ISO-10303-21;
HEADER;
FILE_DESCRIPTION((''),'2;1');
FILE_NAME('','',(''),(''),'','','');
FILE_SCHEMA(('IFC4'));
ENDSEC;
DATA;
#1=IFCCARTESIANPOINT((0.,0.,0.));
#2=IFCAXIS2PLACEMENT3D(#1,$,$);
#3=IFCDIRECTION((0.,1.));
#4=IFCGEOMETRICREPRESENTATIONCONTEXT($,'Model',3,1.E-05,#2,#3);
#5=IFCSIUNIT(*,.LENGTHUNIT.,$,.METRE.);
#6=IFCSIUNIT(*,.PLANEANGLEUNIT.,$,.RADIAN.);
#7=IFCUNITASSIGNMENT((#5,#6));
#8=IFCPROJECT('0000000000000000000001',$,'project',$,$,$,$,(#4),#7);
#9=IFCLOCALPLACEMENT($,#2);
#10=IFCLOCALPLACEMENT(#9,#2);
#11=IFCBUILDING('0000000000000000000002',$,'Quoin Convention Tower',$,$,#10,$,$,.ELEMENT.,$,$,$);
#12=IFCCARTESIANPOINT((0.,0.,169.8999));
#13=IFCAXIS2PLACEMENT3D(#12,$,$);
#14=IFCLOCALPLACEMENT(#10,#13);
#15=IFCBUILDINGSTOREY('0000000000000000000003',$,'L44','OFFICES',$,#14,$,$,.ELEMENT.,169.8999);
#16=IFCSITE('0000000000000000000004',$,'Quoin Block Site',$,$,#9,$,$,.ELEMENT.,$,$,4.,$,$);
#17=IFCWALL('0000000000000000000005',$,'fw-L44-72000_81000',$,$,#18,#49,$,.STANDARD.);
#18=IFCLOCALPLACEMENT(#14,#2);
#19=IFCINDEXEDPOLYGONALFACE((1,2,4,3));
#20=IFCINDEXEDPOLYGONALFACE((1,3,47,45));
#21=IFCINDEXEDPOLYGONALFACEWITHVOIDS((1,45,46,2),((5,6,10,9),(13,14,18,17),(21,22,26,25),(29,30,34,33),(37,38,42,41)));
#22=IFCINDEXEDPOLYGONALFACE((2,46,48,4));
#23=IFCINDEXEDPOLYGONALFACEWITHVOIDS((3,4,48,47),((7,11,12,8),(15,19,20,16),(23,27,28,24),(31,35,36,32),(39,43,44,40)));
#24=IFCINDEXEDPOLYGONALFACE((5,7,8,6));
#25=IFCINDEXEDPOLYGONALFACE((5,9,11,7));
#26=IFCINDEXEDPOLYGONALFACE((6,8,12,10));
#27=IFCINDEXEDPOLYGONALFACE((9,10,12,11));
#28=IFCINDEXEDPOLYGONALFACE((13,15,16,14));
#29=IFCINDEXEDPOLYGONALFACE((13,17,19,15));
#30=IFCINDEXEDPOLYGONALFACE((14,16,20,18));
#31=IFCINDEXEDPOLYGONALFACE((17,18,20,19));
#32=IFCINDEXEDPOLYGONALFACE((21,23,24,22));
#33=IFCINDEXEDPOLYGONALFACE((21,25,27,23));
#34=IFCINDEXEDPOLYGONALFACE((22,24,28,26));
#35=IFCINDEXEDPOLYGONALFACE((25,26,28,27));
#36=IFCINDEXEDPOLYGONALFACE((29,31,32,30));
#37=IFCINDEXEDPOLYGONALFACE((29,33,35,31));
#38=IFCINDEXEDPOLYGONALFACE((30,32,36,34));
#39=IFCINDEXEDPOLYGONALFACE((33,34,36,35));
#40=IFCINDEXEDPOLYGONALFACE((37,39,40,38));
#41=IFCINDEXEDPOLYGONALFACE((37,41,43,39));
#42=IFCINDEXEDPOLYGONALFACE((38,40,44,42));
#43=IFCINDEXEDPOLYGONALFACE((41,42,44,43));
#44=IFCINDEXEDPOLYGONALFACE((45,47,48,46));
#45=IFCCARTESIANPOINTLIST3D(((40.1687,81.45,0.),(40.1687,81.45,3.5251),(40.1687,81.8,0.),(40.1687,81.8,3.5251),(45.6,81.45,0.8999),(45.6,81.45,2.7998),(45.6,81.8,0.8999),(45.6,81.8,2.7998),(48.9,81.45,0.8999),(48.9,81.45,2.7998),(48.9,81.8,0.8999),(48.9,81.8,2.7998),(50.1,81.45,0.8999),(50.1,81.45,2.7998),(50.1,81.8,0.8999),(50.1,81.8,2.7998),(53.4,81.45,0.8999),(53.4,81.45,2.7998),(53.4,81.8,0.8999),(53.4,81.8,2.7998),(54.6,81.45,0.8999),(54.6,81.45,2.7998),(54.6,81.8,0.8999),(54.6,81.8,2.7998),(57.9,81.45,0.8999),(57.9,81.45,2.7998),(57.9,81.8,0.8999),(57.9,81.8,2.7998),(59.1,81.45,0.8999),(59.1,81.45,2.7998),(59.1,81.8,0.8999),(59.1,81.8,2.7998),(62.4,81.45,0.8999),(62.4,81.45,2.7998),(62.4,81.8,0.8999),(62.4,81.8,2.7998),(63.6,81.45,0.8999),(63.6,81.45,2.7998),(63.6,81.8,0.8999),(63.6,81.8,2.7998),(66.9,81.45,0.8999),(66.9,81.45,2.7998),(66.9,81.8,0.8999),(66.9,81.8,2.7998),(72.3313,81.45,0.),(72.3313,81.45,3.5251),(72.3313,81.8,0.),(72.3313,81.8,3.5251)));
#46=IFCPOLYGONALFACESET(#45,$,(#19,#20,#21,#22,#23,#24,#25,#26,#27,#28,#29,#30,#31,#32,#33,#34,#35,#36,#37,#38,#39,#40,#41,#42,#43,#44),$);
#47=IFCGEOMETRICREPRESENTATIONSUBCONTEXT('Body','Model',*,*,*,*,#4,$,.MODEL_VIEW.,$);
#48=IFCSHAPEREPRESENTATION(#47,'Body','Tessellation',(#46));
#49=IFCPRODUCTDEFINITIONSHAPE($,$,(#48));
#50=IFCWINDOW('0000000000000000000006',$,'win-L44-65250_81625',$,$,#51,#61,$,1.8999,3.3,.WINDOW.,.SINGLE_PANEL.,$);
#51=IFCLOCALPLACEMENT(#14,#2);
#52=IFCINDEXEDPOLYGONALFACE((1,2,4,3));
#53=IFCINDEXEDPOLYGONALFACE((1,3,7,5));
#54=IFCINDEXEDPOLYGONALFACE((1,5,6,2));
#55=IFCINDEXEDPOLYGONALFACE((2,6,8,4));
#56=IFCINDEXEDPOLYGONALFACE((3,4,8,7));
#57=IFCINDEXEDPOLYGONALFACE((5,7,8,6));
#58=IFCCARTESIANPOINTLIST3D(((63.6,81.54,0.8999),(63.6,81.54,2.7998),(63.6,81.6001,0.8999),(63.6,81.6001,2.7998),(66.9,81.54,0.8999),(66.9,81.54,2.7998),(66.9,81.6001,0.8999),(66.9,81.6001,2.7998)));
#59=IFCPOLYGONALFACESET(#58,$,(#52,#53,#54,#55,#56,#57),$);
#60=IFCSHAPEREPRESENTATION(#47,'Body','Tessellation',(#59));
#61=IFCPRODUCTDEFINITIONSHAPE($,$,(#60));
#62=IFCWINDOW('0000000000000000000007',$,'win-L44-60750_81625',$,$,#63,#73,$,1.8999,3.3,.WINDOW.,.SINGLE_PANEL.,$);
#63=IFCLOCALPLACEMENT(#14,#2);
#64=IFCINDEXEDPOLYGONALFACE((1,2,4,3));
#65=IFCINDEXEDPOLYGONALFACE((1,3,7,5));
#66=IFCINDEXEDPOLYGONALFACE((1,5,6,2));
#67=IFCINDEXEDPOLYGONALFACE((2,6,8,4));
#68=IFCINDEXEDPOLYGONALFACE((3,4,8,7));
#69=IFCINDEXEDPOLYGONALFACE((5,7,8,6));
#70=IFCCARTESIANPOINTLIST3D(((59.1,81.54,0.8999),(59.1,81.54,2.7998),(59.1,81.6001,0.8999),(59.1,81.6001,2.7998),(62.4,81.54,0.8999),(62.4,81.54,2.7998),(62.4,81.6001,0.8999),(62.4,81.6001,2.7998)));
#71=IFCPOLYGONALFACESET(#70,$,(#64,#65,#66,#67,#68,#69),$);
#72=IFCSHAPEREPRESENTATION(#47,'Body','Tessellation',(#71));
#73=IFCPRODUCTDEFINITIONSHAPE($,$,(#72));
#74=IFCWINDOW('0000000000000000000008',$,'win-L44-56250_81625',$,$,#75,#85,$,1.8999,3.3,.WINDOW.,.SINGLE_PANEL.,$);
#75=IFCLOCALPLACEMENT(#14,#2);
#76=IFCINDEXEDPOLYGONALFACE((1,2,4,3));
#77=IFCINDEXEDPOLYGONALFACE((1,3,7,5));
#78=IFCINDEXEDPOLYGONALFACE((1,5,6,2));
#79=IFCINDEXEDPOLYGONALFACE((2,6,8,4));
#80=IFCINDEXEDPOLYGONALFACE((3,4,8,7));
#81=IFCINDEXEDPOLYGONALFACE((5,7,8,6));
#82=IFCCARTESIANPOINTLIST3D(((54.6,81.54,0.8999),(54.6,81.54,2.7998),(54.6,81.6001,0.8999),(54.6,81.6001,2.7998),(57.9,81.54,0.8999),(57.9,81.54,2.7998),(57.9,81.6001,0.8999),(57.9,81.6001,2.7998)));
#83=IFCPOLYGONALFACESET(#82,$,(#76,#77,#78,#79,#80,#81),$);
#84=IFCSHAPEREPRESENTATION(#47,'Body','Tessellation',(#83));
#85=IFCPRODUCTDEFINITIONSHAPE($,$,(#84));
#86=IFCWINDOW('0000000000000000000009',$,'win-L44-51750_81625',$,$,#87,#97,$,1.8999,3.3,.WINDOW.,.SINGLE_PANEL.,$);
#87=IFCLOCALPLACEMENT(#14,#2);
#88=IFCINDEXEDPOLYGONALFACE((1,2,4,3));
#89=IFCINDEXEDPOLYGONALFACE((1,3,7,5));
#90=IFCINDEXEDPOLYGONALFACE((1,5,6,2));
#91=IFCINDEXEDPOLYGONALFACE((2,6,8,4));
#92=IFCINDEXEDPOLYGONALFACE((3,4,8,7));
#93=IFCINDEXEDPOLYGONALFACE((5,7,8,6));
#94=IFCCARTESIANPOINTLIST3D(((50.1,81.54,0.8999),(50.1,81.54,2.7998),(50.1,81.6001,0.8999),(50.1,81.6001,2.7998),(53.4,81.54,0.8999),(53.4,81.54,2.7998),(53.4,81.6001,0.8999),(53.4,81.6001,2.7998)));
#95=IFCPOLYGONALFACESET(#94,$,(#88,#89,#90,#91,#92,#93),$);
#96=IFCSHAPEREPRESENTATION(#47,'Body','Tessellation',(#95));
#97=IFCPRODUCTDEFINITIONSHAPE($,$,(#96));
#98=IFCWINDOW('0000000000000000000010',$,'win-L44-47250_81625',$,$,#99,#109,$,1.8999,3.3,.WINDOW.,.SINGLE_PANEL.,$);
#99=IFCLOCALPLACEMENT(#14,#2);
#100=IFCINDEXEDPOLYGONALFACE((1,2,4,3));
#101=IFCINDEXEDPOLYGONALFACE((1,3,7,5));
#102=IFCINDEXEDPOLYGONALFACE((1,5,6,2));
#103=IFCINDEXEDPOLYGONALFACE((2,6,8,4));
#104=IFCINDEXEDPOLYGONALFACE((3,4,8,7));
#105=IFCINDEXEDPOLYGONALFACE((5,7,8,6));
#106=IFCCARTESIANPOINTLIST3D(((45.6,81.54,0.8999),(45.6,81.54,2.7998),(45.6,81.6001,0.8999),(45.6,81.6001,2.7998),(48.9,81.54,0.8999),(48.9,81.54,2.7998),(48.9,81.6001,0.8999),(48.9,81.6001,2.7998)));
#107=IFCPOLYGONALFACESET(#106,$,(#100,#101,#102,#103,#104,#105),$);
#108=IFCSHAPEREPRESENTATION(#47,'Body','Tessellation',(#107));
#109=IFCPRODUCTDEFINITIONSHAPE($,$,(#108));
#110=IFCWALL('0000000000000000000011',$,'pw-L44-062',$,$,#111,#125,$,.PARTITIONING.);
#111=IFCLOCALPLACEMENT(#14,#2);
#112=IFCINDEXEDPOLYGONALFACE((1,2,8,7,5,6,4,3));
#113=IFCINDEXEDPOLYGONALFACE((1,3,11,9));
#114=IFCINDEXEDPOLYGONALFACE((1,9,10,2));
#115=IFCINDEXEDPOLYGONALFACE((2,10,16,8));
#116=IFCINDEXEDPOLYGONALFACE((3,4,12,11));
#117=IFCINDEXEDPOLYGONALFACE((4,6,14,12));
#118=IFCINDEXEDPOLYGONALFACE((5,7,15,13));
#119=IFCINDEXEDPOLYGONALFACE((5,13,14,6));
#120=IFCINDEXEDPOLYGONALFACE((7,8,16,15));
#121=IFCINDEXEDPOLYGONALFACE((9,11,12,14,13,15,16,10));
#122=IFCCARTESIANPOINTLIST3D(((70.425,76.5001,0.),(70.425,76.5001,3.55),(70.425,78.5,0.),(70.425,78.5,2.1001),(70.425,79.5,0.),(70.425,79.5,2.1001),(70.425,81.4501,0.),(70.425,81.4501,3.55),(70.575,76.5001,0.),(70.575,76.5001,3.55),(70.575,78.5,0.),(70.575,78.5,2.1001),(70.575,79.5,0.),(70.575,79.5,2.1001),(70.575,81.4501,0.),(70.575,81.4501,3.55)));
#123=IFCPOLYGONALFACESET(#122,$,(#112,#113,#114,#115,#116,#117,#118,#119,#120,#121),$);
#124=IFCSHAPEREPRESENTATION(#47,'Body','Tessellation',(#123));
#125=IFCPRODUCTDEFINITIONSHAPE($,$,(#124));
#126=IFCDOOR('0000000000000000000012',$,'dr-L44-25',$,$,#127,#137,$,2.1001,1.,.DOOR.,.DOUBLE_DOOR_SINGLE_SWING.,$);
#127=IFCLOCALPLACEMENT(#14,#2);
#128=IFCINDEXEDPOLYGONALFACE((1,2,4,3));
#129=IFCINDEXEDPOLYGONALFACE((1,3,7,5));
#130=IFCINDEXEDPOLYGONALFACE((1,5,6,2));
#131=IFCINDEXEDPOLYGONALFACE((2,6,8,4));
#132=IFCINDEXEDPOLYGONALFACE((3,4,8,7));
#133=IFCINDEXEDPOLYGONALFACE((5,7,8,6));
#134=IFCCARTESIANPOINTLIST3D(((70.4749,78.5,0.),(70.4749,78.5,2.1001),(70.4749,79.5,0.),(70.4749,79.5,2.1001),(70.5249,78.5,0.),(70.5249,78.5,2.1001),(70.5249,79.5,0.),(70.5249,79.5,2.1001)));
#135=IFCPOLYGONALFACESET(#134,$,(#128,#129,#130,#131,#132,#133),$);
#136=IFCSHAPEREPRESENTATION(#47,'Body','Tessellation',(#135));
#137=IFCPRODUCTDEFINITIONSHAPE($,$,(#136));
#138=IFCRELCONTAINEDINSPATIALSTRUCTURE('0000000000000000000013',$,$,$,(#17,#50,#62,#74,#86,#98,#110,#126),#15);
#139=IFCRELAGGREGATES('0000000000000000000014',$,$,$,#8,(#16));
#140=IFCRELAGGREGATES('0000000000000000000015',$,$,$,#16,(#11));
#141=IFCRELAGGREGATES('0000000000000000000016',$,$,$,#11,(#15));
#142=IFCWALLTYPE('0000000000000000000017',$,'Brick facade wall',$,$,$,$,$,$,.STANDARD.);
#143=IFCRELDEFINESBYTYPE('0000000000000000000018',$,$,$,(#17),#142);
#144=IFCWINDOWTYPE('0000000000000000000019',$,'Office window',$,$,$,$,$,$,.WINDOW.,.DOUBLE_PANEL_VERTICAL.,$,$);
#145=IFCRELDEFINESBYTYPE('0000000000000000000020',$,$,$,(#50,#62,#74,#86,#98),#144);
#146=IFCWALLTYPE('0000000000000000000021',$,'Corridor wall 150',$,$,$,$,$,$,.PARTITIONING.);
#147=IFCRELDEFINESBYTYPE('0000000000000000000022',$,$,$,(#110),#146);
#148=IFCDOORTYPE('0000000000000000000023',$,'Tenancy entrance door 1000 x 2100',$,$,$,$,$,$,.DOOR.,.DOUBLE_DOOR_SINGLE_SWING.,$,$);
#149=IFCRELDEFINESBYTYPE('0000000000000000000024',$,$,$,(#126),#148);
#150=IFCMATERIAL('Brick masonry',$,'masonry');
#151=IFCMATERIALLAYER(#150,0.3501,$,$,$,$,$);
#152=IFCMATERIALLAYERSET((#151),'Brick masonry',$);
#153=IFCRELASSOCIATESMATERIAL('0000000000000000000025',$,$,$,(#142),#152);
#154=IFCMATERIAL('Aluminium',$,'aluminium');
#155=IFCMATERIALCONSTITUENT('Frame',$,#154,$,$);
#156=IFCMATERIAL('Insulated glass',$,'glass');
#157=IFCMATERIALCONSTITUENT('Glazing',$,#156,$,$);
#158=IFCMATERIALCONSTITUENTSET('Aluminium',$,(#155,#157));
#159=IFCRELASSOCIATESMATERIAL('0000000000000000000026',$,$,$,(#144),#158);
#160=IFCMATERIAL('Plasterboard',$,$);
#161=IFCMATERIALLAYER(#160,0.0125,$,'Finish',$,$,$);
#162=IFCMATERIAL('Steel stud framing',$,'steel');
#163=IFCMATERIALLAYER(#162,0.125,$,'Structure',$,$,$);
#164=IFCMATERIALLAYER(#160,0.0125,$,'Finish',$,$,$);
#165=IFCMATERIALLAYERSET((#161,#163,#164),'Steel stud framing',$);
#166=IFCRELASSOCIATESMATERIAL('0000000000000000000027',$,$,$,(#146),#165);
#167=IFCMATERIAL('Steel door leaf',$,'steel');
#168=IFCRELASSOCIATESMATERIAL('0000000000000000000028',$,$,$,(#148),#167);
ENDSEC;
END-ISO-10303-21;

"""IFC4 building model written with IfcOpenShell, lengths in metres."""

from ifc_helpers import new_model, si_unit, direction, frame, frame_2d, origin, place, context, subcontext, project, spatial, rectangle, extrude, material, layer, layer_set, constituent, constituent_set, type_object, element, fill, save


model = new_model("IFC4")

# Units and contexts
model_context = context("Model", 3, precision=1e-05, world=origin(), true_north=direction((0.0, 1.0)))
body_context = subcontext(model_context, "Body", "Model", "MODEL_VIEW")
ifc_project = project(units=[si_unit("LENGTHUNIT", "METRE"), si_unit("PLANEANGLEUNIT", "RADIAN")], contexts=[model_context])

# Site, building, storey
site_placement = place(None, origin())
site = spatial("IfcSite", under=ifc_project, at=site_placement, Name="Quoin Block Site", CompositionType="ELEMENT", RefElevation=4.0)
building_placement = place(site_placement, origin())
building = spatial("IfcBuilding", under=site, at=building_placement, Name="Quoin Convention Tower", CompositionType="ELEMENT")
storey_placement = place(building_placement, frame((0.0, 0.0, 169.8999)))
storey = spatial("IfcBuildingStorey", under=building, at=storey_placement, Name="L44", Description="OFFICES", CompositionType="ELEMENT", Elevation=169.8999)

# Shared definitions
ifc_material_1 = material(Name="Brick masonry", Category="masonry")
ifc_layer_1 = layer(ifc_material_1, 0.3501)
ifc_layer_set_1 = layer_set([ifc_layer_1], Name="Brick masonry")
wall_type_1 = type_object("IfcWallType", Name="Brick facade wall", PredefinedType="STANDARD", material=ifc_layer_set_1)
ifc_material_2 = material(Name="Aluminium", Category="aluminium")
ifc_constituent_1 = constituent(ifc_material_2, Name="Frame")
ifc_material_3 = material(Name="Insulated glass", Category="glass")
ifc_constituent_2 = constituent(ifc_material_3, Name="Glazing")
ifc_constituent_set = constituent_set(constituents=[ifc_constituent_1, ifc_constituent_2], Name="Aluminium")
window_type = type_object("IfcWindowType", Name="Office window", PartitioningType="DOUBLE_PANEL_VERTICAL", PredefinedType="WINDOW", material=ifc_constituent_set)

# Wall, openings, windows
wall_1_placement = place(storey_placement, frame((72.3313, 81.625, 0.0), z_axis=(0.0, 0.0, 1.0), x_axis=(-1.0, 0.0, 0.0)))
wall_1 = element("IfcWall", 1, at=wall_1_placement, inside=storey, type_object=wall_type_1, Name="fw-L44-72000_81000", PredefinedType="STANDARD", context=body_context, shape_type="SweptSolid", body=[
    extrude(rectangle(XDim=32.1626, YDim=0.3501, at=frame_2d((16.0813, 0.0))), origin(), (0.0, 0.0, 1.0), 3.5251),
])
opening_1_placement = place(wall_1_placement, frame((5.4314, 0.0, 0.8999)))
opening_1 = element("IfcOpeningElement", 2, at=opening_1_placement, cuts=wall_1, PredefinedType="OPENING", context=body_context, shape_type="SweptSolid", body=[
    extrude(rectangle(XDim=3.3, YDim=1.8999, at=frame_2d((1.6499, 0.95))), frame((0.0, 0.1851, 0.0), z_axis=(0.0, -1.0, 0.0), x_axis=(1.0, 0.0, 0.0)), (0.0, 0.0, 1.0), 0.3701),
])
opening_2_placement = place(wall_1_placement, frame((9.9314, 0.0, 0.8999)))
opening_2 = element("IfcOpeningElement", 3, at=opening_2_placement, cuts=wall_1, PredefinedType="OPENING", context=body_context, shape_type="SweptSolid", body=[
    extrude(rectangle(XDim=3.3, YDim=1.8999, at=frame_2d((1.6499, 0.95))), frame((0.0, 0.1851, 0.0), z_axis=(0.0, -1.0, 0.0), x_axis=(1.0, 0.0, 0.0)), (0.0, 0.0, 1.0), 0.3701),
])
opening_3_placement = place(wall_1_placement, frame((14.4314, 0.0, 0.8999)))
opening_3 = element("IfcOpeningElement", 4, at=opening_3_placement, cuts=wall_1, PredefinedType="OPENING", context=body_context, shape_type="SweptSolid", body=[
    extrude(rectangle(XDim=3.3, YDim=1.8999, at=frame_2d((1.6499, 0.95))), frame((0.0, 0.1851, 0.0), z_axis=(0.0, -1.0, 0.0), x_axis=(1.0, 0.0, 0.0)), (0.0, 0.0, 1.0), 0.3701),
])
opening_4_placement = place(wall_1_placement, frame((18.9314, 0.0, 0.8999)))
opening_4 = element("IfcOpeningElement", 5, at=opening_4_placement, cuts=wall_1, PredefinedType="OPENING", context=body_context, shape_type="SweptSolid", body=[
    extrude(rectangle(XDim=3.3, YDim=1.8999, at=frame_2d((1.6499, 0.95))), frame((0.0, 0.1851, 0.0), z_axis=(0.0, -1.0, 0.0), x_axis=(1.0, 0.0, 0.0)), (0.0, 0.0, 1.0), 0.3701),
])
opening_5_placement = place(wall_1_placement, frame((23.4314, 0.0, 0.8999)))
opening_5 = element("IfcOpeningElement", 6, at=opening_5_placement, cuts=wall_1, PredefinedType="OPENING", context=body_context, shape_type="SweptSolid", body=[
    extrude(rectangle(XDim=3.3, YDim=1.8999, at=frame_2d((1.6499, 0.95))), frame((0.0, 0.1851, 0.0), z_axis=(0.0, -1.0, 0.0), x_axis=(1.0, 0.0, 0.0)), (0.0, 0.0, 1.0), 0.3701),
])
window_1_placement = place(opening_1_placement, origin())
window_1 = element("IfcWindow", 7, at=window_1_placement, inside=storey, type_object=window_type, Name="win-L44-65250_81625", OverallHeight=1.8999, OverallWidth=3.3, PartitioningType="SINGLE_PANEL", PredefinedType="WINDOW", context=body_context, shape_type="SweptSolid", body=[
    extrude(rectangle(XDim=3.3, YDim=1.8999, at=frame_2d((1.6499, 0.95))), frame((0.0, 0.085, 0.0), z_axis=(0.0, -1.0, 0.0), x_axis=(1.0, 0.0, 0.0)), (0.0, 0.0, 1.0), 0.0601),
])
fill(opening_1, window_1)
window_2_placement = place(opening_2_placement, origin())
window_2 = element("IfcWindow", 8, at=window_2_placement, inside=storey, type_object=window_type, Name="win-L44-60750_81625", OverallHeight=1.8999, OverallWidth=3.3, PartitioningType="SINGLE_PANEL", PredefinedType="WINDOW", context=body_context, shape_type="SweptSolid", body=[
    extrude(rectangle(XDim=3.3, YDim=1.8999, at=frame_2d((1.6499, 0.95))), frame((0.0, 0.085, 0.0), z_axis=(0.0, -1.0, 0.0), x_axis=(1.0, 0.0, 0.0)), (0.0, 0.0, 1.0), 0.0601),
])
fill(opening_2, window_2)
window_3_placement = place(opening_3_placement, origin())
window_3 = element("IfcWindow", 9, at=window_3_placement, inside=storey, type_object=window_type, Name="win-L44-56250_81625", OverallHeight=1.8999, OverallWidth=3.3, PartitioningType="SINGLE_PANEL", PredefinedType="WINDOW", context=body_context, shape_type="SweptSolid", body=[
    extrude(rectangle(XDim=3.3, YDim=1.8999, at=frame_2d((1.6499, 0.95))), frame((0.0, 0.085, 0.0), z_axis=(0.0, -1.0, 0.0), x_axis=(1.0, 0.0, 0.0)), (0.0, 0.0, 1.0), 0.0601),
])
fill(opening_3, window_3)
window_4_placement = place(opening_4_placement, origin())
window_4 = element("IfcWindow", 10, at=window_4_placement, inside=storey, type_object=window_type, Name="win-L44-51750_81625", OverallHeight=1.8999, OverallWidth=3.3, PartitioningType="SINGLE_PANEL", PredefinedType="WINDOW", context=body_context, shape_type="SweptSolid", body=[
    extrude(rectangle(XDim=3.3, YDim=1.8999, at=frame_2d((1.6499, 0.95))), frame((0.0, 0.085, 0.0), z_axis=(0.0, -1.0, 0.0), x_axis=(1.0, 0.0, 0.0)), (0.0, 0.0, 1.0), 0.0601),
])
fill(opening_4, window_4)
window_5_placement = place(opening_5_placement, origin())
window_5 = element("IfcWindow", 11, at=window_5_placement, inside=storey, type_object=window_type, Name="win-L44-47250_81625", OverallHeight=1.8999, OverallWidth=3.3, PartitioningType="SINGLE_PANEL", PredefinedType="WINDOW", context=body_context, shape_type="SweptSolid", body=[
    extrude(rectangle(XDim=3.3, YDim=1.8999, at=frame_2d((1.6499, 0.95))), frame((0.0, 0.085, 0.0), z_axis=(0.0, -1.0, 0.0), x_axis=(1.0, 0.0, 0.0)), (0.0, 0.0, 1.0), 0.0601),
])
fill(opening_5, window_5)

# Wall, opening, door
ifc_material_4 = material(Name="Plasterboard")
ifc_layer_2 = layer(ifc_material_4, 0.0125, Name="Finish")
ifc_material_5 = material(Name="Steel stud framing", Category="steel")
ifc_layer_3 = layer(ifc_material_5, 0.125, Name="Structure")
ifc_layer_4 = layer(ifc_material_4, 0.0125, Name="Finish")
ifc_layer_set_2 = layer_set([ifc_layer_2, ifc_layer_3, ifc_layer_4], Name="Steel stud framing")
wall_type_2 = type_object("IfcWallType", Name="Corridor wall 150", PredefinedType="PARTITIONING", material=ifc_layer_set_2)
wall_2_placement = place(storey_placement, frame((70.5, 76.5, 0.0), z_axis=(0.0, 0.0, 1.0), x_axis=(0.0, 1.0, 0.0)))
wall_2 = element("IfcWall", 12, at=wall_2_placement, inside=storey, type_object=wall_type_2, Name="pw-L44-062", PredefinedType="PARTITIONING", context=body_context, shape_type="SweptSolid", body=[
    extrude(rectangle(XDim=4.95, YDim=0.1499, at=frame_2d((2.4751, 0.0))), origin(), (0.0, 0.0, 1.0), 3.55),
])
opening_6_placement = place(wall_2_placement, frame((2.0, 0.0, 0.0)))
opening_6 = element("IfcOpeningElement", 13, at=opening_6_placement, cuts=wall_2, PredefinedType="OPENING", context=body_context, shape_type="SweptSolid", body=[
    extrude(rectangle(XDim=1.0, YDim=2.1001, at=frame_2d((0.5, 1.05))), frame((0.0, 0.085, 0.0), z_axis=(0.0, -1.0, 0.0), x_axis=(1.0, 0.0, 0.0)), (0.0, 0.0, 1.0), 0.1699),
])
ifc_material_6 = material(Name="Steel door leaf", Category="steel")
door_type_1 = type_object("IfcDoorType", Name="Tenancy entrance door 1000 x 2100", OperationType="DOUBLE_DOOR_SINGLE_SWING", PredefinedType="DOOR", material=ifc_material_6)
door_1_placement = place(opening_6_placement, frame((1.0, 0.0, 0.0), z_axis=(0.0, 0.0, 1.0), x_axis=(-1.0, 0.0, 0.0)))
door_1 = element("IfcDoor", 14, at=door_1_placement, inside=storey, type_object=door_type_1, Name="dr-L44-25", OperationType="DOUBLE_DOOR_SINGLE_SWING", OverallHeight=2.1001, OverallWidth=1.0, PredefinedType="DOOR", context=body_context, shape_type="SweptSolid", body=[
    extrude(rectangle(XDim=1.0, YDim=2.1001, at=frame_2d((0.5, 1.05))), frame((0.0, 0.0249, 0.0), z_axis=(0.0, -1.0, 0.0), x_axis=(1.0, 0.0, 0.0)), (0.0, 0.0, 1.0), 0.05),
])
fill(opening_6, door_1)

save(model, "model.ifc")
